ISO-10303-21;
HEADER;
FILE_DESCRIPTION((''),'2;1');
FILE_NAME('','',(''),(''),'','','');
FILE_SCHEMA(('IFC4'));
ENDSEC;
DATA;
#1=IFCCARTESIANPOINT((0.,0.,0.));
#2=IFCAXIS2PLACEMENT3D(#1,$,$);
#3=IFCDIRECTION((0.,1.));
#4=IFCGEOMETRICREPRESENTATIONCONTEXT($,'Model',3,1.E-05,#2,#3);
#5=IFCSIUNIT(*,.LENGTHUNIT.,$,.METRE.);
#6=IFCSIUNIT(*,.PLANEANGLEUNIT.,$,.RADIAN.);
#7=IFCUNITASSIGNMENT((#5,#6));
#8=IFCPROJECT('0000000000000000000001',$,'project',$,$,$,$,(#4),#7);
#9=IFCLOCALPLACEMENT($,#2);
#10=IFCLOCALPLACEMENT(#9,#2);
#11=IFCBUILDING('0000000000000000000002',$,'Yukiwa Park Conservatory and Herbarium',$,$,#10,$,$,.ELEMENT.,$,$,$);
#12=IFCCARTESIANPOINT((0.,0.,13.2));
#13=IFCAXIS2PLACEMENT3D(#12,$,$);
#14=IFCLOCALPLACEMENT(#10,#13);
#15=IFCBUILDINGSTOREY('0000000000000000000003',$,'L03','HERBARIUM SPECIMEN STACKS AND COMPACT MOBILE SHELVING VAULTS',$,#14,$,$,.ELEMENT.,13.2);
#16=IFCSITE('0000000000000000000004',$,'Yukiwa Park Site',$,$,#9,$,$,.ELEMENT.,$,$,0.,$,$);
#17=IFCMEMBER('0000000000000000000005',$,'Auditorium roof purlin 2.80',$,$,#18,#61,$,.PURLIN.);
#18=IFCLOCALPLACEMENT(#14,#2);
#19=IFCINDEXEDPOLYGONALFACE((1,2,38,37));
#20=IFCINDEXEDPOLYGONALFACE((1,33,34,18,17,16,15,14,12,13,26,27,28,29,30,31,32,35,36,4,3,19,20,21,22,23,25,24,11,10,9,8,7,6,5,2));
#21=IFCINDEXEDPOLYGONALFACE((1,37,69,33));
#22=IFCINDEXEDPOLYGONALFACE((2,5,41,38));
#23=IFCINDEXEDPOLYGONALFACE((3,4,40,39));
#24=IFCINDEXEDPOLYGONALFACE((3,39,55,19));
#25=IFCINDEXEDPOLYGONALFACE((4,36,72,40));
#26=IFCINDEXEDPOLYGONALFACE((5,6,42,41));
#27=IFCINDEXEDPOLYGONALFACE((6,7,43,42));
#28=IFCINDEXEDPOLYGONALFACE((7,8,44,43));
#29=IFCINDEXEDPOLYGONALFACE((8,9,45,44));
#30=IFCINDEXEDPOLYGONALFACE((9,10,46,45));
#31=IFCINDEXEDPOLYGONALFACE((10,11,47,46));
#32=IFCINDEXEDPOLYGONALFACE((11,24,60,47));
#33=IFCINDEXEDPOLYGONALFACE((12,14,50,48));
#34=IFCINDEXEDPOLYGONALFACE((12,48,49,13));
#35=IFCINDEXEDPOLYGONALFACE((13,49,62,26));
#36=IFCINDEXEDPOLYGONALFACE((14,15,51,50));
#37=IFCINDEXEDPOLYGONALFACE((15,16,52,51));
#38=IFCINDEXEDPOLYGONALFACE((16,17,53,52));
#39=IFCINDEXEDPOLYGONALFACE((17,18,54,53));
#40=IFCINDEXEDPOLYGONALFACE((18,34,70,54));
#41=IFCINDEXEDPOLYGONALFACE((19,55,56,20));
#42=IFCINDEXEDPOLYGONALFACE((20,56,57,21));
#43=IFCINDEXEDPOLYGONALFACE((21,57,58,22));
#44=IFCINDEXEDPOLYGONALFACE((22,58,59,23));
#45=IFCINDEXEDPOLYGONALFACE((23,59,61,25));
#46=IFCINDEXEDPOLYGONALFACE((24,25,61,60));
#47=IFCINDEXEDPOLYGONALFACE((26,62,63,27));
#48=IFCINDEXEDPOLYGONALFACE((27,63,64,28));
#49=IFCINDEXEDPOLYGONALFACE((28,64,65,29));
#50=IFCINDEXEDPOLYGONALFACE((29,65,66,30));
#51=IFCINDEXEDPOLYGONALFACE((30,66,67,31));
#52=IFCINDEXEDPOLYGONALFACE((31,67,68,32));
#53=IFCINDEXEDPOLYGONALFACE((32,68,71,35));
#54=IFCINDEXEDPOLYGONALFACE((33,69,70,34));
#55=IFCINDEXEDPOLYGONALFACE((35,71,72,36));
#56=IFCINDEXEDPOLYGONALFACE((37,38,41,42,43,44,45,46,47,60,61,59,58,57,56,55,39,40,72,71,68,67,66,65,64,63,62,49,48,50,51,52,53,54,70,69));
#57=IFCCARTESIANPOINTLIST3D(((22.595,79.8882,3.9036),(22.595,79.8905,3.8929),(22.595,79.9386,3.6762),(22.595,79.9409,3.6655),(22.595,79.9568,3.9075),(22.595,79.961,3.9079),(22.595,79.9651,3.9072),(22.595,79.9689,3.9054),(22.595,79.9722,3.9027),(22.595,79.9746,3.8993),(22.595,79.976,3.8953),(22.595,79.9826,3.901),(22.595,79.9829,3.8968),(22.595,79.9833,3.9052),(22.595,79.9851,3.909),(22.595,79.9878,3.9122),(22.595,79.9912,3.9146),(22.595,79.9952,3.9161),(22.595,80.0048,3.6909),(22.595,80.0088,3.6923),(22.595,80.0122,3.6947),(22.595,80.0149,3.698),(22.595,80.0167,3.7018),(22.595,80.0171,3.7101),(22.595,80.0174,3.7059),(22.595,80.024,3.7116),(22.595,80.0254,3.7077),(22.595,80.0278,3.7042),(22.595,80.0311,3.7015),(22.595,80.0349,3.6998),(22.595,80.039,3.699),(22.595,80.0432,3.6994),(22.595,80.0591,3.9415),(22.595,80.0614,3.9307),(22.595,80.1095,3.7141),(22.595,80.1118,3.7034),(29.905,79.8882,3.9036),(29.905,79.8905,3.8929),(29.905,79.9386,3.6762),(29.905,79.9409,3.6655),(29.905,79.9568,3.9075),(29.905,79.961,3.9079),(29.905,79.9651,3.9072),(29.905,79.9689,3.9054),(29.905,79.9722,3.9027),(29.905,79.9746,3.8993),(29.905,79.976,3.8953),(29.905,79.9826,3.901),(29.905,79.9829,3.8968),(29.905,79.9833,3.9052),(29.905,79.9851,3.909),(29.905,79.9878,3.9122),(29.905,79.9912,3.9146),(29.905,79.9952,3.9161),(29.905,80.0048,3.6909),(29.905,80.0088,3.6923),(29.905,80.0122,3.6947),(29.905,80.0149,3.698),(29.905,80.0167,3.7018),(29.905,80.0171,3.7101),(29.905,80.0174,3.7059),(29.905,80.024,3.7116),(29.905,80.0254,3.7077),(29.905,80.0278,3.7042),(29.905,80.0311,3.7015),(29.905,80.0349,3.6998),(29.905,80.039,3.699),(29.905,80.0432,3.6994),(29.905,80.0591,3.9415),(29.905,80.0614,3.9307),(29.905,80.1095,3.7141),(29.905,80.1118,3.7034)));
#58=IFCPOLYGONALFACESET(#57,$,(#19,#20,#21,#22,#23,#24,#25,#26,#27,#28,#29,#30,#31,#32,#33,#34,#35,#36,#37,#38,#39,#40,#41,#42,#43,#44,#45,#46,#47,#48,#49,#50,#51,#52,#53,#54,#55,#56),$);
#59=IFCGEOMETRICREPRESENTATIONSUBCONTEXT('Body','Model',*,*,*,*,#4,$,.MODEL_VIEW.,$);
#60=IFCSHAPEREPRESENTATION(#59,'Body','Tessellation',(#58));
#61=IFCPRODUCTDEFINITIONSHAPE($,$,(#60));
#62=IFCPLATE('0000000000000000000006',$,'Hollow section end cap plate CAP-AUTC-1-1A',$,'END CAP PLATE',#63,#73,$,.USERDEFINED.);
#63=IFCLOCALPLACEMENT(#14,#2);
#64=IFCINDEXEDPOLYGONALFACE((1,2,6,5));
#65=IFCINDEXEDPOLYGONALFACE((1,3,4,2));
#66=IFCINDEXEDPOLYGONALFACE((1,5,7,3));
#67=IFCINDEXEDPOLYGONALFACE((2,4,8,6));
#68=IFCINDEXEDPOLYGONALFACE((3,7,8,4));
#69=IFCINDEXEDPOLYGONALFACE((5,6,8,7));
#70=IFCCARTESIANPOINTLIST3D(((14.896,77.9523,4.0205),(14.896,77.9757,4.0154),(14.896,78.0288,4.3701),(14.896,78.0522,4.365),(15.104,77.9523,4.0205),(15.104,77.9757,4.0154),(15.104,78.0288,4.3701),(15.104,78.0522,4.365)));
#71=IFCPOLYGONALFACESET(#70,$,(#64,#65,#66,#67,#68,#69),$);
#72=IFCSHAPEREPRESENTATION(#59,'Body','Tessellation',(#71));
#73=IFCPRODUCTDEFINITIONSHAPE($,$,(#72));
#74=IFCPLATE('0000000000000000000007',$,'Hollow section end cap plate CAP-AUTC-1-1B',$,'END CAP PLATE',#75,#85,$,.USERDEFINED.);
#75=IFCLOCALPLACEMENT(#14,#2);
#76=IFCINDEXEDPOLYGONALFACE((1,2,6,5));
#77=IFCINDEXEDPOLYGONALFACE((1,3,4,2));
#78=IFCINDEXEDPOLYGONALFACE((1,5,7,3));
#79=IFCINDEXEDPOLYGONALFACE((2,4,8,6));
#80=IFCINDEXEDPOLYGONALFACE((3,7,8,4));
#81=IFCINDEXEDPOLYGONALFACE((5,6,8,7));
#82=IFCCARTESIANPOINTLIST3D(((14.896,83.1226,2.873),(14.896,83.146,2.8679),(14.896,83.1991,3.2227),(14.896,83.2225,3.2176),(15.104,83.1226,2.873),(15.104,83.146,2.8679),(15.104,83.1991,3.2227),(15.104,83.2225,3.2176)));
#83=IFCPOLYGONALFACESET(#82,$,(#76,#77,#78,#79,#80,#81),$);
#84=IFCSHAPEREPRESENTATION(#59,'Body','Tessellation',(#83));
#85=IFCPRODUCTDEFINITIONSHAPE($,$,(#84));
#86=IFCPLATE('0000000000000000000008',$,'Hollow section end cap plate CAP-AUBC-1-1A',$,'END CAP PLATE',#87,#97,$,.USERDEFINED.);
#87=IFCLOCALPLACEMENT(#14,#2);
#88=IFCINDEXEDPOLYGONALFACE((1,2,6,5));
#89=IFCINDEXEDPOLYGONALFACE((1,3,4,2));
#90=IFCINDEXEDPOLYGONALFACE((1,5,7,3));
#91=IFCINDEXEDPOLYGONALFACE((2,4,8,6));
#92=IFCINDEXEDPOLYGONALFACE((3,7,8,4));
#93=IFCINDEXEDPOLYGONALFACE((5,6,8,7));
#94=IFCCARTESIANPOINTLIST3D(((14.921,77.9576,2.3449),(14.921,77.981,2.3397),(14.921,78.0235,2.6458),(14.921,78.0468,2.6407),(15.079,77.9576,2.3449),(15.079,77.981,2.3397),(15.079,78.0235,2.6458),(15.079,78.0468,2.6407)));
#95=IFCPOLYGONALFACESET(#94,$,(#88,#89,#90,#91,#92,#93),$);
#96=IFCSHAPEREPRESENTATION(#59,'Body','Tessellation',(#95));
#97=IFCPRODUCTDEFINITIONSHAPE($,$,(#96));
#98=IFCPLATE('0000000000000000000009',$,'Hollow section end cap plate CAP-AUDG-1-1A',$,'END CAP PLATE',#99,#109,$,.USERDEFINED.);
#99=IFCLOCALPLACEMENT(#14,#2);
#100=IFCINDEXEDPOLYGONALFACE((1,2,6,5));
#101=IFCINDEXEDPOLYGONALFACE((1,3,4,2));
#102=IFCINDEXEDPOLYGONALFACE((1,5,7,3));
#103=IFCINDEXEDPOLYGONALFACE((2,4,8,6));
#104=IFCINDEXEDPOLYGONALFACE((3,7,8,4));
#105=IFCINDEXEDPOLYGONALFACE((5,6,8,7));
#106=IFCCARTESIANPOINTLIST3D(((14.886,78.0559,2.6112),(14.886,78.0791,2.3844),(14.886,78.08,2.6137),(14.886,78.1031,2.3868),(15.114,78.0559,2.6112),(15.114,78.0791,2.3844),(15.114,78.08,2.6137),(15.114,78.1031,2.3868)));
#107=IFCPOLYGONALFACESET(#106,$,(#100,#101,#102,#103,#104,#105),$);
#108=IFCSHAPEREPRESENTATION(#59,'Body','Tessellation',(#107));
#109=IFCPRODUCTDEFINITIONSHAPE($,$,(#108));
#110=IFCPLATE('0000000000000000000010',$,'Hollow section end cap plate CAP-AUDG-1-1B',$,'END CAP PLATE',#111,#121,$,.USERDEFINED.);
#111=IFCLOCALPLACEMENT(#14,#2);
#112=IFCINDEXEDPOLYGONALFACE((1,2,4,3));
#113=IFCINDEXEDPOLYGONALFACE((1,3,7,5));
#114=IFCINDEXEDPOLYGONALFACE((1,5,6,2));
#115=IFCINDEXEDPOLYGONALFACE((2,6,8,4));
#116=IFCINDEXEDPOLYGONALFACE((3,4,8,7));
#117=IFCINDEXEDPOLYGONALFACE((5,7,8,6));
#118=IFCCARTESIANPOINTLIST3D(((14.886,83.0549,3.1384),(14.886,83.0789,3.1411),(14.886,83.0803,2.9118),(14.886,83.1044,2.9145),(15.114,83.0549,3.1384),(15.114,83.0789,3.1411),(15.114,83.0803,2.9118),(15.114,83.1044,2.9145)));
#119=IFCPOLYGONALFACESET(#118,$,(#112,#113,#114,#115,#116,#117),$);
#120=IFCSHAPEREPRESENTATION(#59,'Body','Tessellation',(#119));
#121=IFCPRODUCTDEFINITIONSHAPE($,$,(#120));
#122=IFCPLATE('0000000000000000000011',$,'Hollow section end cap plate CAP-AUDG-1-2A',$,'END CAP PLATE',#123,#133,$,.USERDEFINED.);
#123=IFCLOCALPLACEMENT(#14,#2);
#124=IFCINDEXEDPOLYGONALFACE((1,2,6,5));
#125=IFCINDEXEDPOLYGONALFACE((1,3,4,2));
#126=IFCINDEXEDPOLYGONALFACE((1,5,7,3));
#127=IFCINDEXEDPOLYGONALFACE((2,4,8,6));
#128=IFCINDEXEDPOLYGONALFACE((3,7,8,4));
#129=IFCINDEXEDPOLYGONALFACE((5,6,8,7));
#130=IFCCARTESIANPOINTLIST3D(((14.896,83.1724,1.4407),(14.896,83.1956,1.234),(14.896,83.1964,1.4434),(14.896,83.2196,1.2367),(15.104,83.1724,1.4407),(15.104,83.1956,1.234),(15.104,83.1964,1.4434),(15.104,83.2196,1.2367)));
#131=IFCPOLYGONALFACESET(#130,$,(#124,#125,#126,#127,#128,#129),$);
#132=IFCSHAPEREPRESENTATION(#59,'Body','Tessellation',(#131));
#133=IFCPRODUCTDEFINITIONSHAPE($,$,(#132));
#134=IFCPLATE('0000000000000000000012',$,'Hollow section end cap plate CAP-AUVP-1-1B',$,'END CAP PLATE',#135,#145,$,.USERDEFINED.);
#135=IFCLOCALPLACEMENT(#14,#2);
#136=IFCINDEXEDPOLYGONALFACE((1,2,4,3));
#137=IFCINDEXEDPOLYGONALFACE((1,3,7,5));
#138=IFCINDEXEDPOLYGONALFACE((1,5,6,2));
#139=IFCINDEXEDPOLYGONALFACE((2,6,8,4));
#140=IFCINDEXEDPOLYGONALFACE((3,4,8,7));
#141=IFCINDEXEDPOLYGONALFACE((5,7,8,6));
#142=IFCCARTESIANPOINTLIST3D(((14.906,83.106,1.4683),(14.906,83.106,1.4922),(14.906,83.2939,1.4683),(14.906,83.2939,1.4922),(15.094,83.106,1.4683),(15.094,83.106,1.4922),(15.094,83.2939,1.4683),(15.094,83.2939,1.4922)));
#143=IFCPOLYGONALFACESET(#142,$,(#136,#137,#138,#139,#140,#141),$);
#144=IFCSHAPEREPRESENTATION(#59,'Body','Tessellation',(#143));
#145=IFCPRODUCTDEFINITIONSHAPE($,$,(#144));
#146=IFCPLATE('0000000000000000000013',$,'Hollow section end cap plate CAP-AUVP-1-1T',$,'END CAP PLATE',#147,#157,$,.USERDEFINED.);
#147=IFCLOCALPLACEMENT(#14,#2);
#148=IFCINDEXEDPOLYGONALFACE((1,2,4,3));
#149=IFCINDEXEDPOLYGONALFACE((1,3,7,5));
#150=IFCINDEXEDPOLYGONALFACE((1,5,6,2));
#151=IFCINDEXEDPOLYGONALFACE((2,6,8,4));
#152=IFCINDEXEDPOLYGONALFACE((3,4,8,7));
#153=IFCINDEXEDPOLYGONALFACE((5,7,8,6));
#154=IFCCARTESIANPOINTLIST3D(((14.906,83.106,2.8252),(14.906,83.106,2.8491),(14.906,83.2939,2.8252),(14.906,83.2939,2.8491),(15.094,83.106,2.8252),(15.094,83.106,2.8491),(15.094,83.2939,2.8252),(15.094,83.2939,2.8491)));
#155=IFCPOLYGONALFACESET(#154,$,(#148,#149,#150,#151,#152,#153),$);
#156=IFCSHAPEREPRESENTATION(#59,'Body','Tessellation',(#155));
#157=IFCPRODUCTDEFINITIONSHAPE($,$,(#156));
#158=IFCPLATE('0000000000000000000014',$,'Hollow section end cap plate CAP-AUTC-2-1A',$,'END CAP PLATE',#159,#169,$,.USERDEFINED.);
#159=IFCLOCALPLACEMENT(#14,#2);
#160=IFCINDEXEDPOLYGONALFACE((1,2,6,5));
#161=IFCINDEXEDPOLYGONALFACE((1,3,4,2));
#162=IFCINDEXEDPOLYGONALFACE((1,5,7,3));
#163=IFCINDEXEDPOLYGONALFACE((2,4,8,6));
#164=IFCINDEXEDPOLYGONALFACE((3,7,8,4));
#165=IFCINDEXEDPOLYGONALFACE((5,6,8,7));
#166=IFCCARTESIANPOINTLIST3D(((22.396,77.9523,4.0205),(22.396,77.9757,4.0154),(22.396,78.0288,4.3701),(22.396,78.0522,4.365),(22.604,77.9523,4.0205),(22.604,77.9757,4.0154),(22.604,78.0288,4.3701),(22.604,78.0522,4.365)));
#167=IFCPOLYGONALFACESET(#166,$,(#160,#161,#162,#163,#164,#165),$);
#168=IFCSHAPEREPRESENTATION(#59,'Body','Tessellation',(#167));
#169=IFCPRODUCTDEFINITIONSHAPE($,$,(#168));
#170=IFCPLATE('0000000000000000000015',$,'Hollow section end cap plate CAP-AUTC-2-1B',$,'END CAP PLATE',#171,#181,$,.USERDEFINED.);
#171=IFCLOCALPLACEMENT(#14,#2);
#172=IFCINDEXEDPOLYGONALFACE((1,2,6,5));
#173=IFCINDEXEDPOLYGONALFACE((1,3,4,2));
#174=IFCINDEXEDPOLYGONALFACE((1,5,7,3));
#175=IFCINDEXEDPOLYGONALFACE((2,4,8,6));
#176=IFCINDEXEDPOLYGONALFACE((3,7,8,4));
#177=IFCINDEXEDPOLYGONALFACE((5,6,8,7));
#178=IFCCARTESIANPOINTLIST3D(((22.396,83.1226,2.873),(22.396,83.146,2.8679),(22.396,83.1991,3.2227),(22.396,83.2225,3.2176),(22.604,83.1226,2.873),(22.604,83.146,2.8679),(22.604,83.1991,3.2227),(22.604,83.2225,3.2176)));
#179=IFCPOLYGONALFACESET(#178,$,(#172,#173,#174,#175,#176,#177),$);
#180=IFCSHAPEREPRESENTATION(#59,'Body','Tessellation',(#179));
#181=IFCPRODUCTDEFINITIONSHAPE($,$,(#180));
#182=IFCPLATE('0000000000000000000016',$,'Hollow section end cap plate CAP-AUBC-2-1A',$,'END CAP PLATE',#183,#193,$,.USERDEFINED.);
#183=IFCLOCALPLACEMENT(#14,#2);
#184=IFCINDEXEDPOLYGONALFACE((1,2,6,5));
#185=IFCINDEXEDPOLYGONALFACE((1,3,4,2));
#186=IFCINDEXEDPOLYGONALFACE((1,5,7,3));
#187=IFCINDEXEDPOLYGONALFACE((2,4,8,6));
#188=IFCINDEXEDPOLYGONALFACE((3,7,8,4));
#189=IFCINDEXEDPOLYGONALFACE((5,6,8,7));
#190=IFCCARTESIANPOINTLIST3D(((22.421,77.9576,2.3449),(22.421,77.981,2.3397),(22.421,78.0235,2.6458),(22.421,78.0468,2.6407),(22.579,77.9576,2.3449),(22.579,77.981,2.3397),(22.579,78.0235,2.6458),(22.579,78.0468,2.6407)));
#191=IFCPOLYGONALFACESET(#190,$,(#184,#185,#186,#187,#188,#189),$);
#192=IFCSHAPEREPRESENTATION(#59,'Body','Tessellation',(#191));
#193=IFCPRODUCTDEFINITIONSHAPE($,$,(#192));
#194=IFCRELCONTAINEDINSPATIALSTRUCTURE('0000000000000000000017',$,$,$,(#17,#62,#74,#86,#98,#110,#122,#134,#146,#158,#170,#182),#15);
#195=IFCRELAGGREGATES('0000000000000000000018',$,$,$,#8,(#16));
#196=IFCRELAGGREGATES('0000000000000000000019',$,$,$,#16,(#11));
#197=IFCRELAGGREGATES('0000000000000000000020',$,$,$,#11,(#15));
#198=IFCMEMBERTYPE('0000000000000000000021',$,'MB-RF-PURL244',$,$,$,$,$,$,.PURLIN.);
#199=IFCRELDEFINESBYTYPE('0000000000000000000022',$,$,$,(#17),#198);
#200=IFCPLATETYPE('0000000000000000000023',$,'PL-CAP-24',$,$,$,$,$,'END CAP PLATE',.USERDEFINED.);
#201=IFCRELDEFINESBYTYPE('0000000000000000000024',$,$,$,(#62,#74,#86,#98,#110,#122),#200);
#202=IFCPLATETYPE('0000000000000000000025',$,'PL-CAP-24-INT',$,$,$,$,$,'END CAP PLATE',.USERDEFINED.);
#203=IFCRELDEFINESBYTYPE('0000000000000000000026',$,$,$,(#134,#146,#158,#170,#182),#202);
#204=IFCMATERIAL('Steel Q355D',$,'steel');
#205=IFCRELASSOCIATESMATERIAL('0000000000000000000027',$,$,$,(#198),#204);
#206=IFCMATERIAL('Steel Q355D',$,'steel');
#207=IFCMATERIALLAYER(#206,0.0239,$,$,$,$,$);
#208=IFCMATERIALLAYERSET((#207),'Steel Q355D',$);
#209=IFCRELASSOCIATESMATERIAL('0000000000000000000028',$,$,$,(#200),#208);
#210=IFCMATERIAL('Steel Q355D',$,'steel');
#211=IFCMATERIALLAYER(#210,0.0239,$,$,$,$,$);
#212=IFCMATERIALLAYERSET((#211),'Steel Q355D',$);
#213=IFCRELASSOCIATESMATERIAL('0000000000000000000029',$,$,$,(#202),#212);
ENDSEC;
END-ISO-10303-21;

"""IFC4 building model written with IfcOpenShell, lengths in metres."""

from ifc_helpers import new_model, si_unit, direction, frame, origin, origin_2d, place, context, subcontext, project, spatial, rectangle, i_section, extrude, material, layer, layer_set, material_profile, profile_set, type_object, element, save


model = new_model("IFC4")

# Units and contexts
model_context = context("Model", 3, precision=1e-05, world=origin(), true_north=direction((0.0, 1.0)))
body_context = subcontext(model_context, "Body", "Model", "MODEL_VIEW")
ifc_project = project(units=[si_unit("LENGTHUNIT", "METRE"), si_unit("PLANEANGLEUNIT", "RADIAN")], contexts=[model_context])

# Site, building, storey
site_placement = place(None, origin())
site = spatial("IfcSite", under=ifc_project, at=site_placement, Name="Yukiwa Park Site", CompositionType="ELEMENT", RefElevation=0.0)
building_placement = place(site_placement, origin())
building = spatial("IfcBuilding", under=site, at=building_placement, Name="Yukiwa Park Conservatory and Herbarium", CompositionType="ELEMENT")
storey_placement = place(building_placement, frame((0.0, 0.0, 13.2)))
storey = spatial("IfcBuildingStorey", under=building, at=storey_placement, Name="L03", Description="HERBARIUM SPECIMEN STACKS AND COMPACT MOBILE SHELVING VAULTS", CompositionType="ELEMENT", Elevation=13.2)

# Member
ifc_material_1 = material(Name="Steel Q355D", Category="steel")
ifc_material_profile_1 = material_profile(ifc_material_1, i_section(OverallWidth=0.175, OverallDepth=0.2439, WebThickness=0.0071, FlangeThickness=0.011, FilletRadius=0.0161, at=origin_2d()), Name="HM 244x175x7x11")
ifc_profile_set_1 = profile_set([ifc_material_profile_1], Name="Steel Q355D")
member_type_1 = type_object("IfcMemberType", Name="MB-RF-PURL244", PredefinedType="PURLIN", material=ifc_profile_set_1)
for number, where, z_axis, x_axis, name in (
    (1, (22.595, 80.0, 3.8035), (1.0, 0.0, 0.0), (0.0, 0.976296, 0.21644), "Auditorium roof purlin 2.80"),
):
    element("IfcMember", number, at=place(storey_placement, frame(where, z_axis=z_axis, x_axis=x_axis)), inside=storey, type_object=member_type_1, Name=name, PredefinedType="PURLIN", context=body_context, shape_type="SweptSolid", body=[
        extrude(i_section(OverallWidth=0.175, OverallDepth=0.2439, WebThickness=0.0071, FlangeThickness=0.011, FilletRadius=0.0161, at=origin_2d()), origin(), (0.0, 0.0, 1.0), 7.3101),
    ])

# Plates
ifc_material_2 = material(Name="Steel Q355D", Category="steel")
ifc_layer_1 = layer(ifc_material_2, 0.0239)
ifc_layer_set_1 = layer_set([ifc_layer_1], Name="Steel Q355D")
plate_type_1 = type_object("IfcPlateType", Name="PL-CAP-24", ElementType="END CAP PLATE", PredefinedType="USERDEFINED", material=ifc_layer_set_1)
for number, where, z_axis, x_axis, name in (
    (2, (15.0, 78.0139, 4.1902), (0.0, -0.9769, 0.213697), (1.0, 0.0, 0.0), "Hollow section end cap plate CAP-AUTC-1-1A"),
    (3, (15.0, 83.1609, 3.0479), (0.0, 0.9769, -0.213697), (-1.0, 0.0, 0.0), "Hollow section end cap plate CAP-AUTC-1-1B"),
):
    element("IfcPlate", number, at=place(storey_placement, frame(where, z_axis=z_axis, x_axis=x_axis)), inside=storey, type_object=plate_type_1, Name=name, ObjectType="END CAP PLATE", PredefinedType="USERDEFINED", context=body_context, shape_type="SweptSolid", body=[
        extrude(rectangle(XDim=0.208, YDim=0.3579, at=origin_2d()), origin(), (0.0, 0.0, 1.0), 0.0239),
    ])
plate_1_placement = place(storey_placement, frame((15.0, 78.0139, 2.4902), z_axis=(0.0, -0.9769, 0.213697), x_axis=(1.0, 0.0, 0.0)))
element("IfcPlate", 4, at=plate_1_placement, inside=storey, type_object=plate_type_1, Name="Hollow section end cap plate CAP-AUBC-1-1A", ObjectType="END CAP PLATE", PredefinedType="USERDEFINED", context=body_context, shape_type="SweptSolid", body=[
    extrude(rectangle(XDim=0.158, YDim=0.3081, at=origin_2d()), origin(), (0.0, 0.0, 1.0), 0.0239),
])
for number, where, z_axis, x_axis, name in (
    (5, (15.0, 78.0916, 2.5002), (0.0, -0.994834, -0.101514), (1.0, 0.0, 0.0), "Hollow section end cap plate CAP-AUDG-1-1A"),
    (6, (15.0, 83.0676, 3.0251), (0.0, 0.993759, 0.111544), (-1.0, 0.0, 0.0), "Hollow section end cap plate CAP-AUDG-1-1B"),
):
    element("IfcPlate", number, at=place(storey_placement, frame(where, z_axis=z_axis, x_axis=x_axis)), inside=storey, type_object=plate_type_1, Name=name, ObjectType="END CAP PLATE", PredefinedType="USERDEFINED", context=body_context, shape_type="SweptSolid", body=[
        extrude(rectangle(XDim=0.228, YDim=0.228, at=origin_2d()), origin(), (0.0, 0.0, 1.0), 0.0242),
    ])
plate_2_placement = place(storey_placement, frame((15.0, 83.208, 1.3401), z_axis=(0.0, -0.993759, -0.111544), x_axis=(1.0, 0.0, 0.0)))
element("IfcPlate", 7, at=plate_2_placement, inside=storey, type_object=plate_type_1, Name="Hollow section end cap plate CAP-AUDG-1-2A", ObjectType="END CAP PLATE", PredefinedType="USERDEFINED", context=body_context, shape_type="SweptSolid", body=[
    extrude(rectangle(XDim=0.208, YDim=0.208, at=origin_2d()), origin(), (0.0, 0.0, 1.0), 0.0242),
])
ifc_material_3 = material(Name="Steel Q355D", Category="steel")
ifc_layer_2 = layer(ifc_material_3, 0.0239)
ifc_layer_set_2 = layer_set([ifc_layer_2], Name="Steel Q355D")
plate_type_2 = type_object("IfcPlateType", Name="PL-CAP-24-INT", ElementType="END CAP PLATE", PredefinedType="USERDEFINED", material=ifc_layer_set_2)
for number, where, z_axis, x_axis, name in (
    (8, (15.0, 83.2, 1.4922), (0.0, 0.0, -1.0), (1.0, 0.0, 0.0), "Hollow section end cap plate CAP-AUVP-1-1B"),
    (9, (15.0, 83.2, 2.8252), (0.0, 0.0, 1.0), (1.0, 0.0, 0.0), "Hollow section end cap plate CAP-AUVP-1-1T"),
):
    element("IfcPlate", number, at=place(storey_placement, frame(where, z_axis=z_axis, x_axis=x_axis)), inside=storey, type_object=plate_type_2, Name=name, ObjectType="END CAP PLATE", PredefinedType="USERDEFINED", context=body_context, shape_type="SweptSolid", body=[
        extrude(rectangle(XDim=0.188, YDim=0.188, at=origin_2d()), origin(), (0.0, 0.0, 1.0), 0.0239),
    ])
for number, where, z_axis, x_axis, name in (
    (10, (22.5, 78.0139, 4.1902), (0.0, -0.9769, 0.213697), (1.0, 0.0, 0.0), "Hollow section end cap plate CAP-AUTC-2-1A"),
    (11, (22.5, 83.1609, 3.0479), (0.0, 0.9769, -0.213697), (-1.0, 0.0, 0.0), "Hollow section end cap plate CAP-AUTC-2-1B"),
):
    element("IfcPlate", number, at=place(storey_placement, frame(where, z_axis=z_axis, x_axis=x_axis)), inside=storey, type_object=plate_type_2, Name=name, ObjectType="END CAP PLATE", PredefinedType="USERDEFINED", context=body_context, shape_type="SweptSolid", body=[
        extrude(rectangle(XDim=0.208, YDim=0.3579, at=origin_2d()), origin(), (0.0, 0.0, 1.0), 0.0239),
    ])
plate_3_placement = place(storey_placement, frame((22.5, 78.0139, 2.4902), z_axis=(0.0, -0.9769, 0.213697), x_axis=(1.0, 0.0, 0.0)))
element("IfcPlate", 12, at=plate_3_placement, inside=storey, type_object=plate_type_2, Name="Hollow section end cap plate CAP-AUBC-2-1A", ObjectType="END CAP PLATE", PredefinedType="USERDEFINED", context=body_context, shape_type="SweptSolid", body=[
    extrude(rectangle(XDim=0.158, YDim=0.3081, at=origin_2d()), origin(), (0.0, 0.0, 1.0), 0.0239),
])

save(model, "model.ifc")
